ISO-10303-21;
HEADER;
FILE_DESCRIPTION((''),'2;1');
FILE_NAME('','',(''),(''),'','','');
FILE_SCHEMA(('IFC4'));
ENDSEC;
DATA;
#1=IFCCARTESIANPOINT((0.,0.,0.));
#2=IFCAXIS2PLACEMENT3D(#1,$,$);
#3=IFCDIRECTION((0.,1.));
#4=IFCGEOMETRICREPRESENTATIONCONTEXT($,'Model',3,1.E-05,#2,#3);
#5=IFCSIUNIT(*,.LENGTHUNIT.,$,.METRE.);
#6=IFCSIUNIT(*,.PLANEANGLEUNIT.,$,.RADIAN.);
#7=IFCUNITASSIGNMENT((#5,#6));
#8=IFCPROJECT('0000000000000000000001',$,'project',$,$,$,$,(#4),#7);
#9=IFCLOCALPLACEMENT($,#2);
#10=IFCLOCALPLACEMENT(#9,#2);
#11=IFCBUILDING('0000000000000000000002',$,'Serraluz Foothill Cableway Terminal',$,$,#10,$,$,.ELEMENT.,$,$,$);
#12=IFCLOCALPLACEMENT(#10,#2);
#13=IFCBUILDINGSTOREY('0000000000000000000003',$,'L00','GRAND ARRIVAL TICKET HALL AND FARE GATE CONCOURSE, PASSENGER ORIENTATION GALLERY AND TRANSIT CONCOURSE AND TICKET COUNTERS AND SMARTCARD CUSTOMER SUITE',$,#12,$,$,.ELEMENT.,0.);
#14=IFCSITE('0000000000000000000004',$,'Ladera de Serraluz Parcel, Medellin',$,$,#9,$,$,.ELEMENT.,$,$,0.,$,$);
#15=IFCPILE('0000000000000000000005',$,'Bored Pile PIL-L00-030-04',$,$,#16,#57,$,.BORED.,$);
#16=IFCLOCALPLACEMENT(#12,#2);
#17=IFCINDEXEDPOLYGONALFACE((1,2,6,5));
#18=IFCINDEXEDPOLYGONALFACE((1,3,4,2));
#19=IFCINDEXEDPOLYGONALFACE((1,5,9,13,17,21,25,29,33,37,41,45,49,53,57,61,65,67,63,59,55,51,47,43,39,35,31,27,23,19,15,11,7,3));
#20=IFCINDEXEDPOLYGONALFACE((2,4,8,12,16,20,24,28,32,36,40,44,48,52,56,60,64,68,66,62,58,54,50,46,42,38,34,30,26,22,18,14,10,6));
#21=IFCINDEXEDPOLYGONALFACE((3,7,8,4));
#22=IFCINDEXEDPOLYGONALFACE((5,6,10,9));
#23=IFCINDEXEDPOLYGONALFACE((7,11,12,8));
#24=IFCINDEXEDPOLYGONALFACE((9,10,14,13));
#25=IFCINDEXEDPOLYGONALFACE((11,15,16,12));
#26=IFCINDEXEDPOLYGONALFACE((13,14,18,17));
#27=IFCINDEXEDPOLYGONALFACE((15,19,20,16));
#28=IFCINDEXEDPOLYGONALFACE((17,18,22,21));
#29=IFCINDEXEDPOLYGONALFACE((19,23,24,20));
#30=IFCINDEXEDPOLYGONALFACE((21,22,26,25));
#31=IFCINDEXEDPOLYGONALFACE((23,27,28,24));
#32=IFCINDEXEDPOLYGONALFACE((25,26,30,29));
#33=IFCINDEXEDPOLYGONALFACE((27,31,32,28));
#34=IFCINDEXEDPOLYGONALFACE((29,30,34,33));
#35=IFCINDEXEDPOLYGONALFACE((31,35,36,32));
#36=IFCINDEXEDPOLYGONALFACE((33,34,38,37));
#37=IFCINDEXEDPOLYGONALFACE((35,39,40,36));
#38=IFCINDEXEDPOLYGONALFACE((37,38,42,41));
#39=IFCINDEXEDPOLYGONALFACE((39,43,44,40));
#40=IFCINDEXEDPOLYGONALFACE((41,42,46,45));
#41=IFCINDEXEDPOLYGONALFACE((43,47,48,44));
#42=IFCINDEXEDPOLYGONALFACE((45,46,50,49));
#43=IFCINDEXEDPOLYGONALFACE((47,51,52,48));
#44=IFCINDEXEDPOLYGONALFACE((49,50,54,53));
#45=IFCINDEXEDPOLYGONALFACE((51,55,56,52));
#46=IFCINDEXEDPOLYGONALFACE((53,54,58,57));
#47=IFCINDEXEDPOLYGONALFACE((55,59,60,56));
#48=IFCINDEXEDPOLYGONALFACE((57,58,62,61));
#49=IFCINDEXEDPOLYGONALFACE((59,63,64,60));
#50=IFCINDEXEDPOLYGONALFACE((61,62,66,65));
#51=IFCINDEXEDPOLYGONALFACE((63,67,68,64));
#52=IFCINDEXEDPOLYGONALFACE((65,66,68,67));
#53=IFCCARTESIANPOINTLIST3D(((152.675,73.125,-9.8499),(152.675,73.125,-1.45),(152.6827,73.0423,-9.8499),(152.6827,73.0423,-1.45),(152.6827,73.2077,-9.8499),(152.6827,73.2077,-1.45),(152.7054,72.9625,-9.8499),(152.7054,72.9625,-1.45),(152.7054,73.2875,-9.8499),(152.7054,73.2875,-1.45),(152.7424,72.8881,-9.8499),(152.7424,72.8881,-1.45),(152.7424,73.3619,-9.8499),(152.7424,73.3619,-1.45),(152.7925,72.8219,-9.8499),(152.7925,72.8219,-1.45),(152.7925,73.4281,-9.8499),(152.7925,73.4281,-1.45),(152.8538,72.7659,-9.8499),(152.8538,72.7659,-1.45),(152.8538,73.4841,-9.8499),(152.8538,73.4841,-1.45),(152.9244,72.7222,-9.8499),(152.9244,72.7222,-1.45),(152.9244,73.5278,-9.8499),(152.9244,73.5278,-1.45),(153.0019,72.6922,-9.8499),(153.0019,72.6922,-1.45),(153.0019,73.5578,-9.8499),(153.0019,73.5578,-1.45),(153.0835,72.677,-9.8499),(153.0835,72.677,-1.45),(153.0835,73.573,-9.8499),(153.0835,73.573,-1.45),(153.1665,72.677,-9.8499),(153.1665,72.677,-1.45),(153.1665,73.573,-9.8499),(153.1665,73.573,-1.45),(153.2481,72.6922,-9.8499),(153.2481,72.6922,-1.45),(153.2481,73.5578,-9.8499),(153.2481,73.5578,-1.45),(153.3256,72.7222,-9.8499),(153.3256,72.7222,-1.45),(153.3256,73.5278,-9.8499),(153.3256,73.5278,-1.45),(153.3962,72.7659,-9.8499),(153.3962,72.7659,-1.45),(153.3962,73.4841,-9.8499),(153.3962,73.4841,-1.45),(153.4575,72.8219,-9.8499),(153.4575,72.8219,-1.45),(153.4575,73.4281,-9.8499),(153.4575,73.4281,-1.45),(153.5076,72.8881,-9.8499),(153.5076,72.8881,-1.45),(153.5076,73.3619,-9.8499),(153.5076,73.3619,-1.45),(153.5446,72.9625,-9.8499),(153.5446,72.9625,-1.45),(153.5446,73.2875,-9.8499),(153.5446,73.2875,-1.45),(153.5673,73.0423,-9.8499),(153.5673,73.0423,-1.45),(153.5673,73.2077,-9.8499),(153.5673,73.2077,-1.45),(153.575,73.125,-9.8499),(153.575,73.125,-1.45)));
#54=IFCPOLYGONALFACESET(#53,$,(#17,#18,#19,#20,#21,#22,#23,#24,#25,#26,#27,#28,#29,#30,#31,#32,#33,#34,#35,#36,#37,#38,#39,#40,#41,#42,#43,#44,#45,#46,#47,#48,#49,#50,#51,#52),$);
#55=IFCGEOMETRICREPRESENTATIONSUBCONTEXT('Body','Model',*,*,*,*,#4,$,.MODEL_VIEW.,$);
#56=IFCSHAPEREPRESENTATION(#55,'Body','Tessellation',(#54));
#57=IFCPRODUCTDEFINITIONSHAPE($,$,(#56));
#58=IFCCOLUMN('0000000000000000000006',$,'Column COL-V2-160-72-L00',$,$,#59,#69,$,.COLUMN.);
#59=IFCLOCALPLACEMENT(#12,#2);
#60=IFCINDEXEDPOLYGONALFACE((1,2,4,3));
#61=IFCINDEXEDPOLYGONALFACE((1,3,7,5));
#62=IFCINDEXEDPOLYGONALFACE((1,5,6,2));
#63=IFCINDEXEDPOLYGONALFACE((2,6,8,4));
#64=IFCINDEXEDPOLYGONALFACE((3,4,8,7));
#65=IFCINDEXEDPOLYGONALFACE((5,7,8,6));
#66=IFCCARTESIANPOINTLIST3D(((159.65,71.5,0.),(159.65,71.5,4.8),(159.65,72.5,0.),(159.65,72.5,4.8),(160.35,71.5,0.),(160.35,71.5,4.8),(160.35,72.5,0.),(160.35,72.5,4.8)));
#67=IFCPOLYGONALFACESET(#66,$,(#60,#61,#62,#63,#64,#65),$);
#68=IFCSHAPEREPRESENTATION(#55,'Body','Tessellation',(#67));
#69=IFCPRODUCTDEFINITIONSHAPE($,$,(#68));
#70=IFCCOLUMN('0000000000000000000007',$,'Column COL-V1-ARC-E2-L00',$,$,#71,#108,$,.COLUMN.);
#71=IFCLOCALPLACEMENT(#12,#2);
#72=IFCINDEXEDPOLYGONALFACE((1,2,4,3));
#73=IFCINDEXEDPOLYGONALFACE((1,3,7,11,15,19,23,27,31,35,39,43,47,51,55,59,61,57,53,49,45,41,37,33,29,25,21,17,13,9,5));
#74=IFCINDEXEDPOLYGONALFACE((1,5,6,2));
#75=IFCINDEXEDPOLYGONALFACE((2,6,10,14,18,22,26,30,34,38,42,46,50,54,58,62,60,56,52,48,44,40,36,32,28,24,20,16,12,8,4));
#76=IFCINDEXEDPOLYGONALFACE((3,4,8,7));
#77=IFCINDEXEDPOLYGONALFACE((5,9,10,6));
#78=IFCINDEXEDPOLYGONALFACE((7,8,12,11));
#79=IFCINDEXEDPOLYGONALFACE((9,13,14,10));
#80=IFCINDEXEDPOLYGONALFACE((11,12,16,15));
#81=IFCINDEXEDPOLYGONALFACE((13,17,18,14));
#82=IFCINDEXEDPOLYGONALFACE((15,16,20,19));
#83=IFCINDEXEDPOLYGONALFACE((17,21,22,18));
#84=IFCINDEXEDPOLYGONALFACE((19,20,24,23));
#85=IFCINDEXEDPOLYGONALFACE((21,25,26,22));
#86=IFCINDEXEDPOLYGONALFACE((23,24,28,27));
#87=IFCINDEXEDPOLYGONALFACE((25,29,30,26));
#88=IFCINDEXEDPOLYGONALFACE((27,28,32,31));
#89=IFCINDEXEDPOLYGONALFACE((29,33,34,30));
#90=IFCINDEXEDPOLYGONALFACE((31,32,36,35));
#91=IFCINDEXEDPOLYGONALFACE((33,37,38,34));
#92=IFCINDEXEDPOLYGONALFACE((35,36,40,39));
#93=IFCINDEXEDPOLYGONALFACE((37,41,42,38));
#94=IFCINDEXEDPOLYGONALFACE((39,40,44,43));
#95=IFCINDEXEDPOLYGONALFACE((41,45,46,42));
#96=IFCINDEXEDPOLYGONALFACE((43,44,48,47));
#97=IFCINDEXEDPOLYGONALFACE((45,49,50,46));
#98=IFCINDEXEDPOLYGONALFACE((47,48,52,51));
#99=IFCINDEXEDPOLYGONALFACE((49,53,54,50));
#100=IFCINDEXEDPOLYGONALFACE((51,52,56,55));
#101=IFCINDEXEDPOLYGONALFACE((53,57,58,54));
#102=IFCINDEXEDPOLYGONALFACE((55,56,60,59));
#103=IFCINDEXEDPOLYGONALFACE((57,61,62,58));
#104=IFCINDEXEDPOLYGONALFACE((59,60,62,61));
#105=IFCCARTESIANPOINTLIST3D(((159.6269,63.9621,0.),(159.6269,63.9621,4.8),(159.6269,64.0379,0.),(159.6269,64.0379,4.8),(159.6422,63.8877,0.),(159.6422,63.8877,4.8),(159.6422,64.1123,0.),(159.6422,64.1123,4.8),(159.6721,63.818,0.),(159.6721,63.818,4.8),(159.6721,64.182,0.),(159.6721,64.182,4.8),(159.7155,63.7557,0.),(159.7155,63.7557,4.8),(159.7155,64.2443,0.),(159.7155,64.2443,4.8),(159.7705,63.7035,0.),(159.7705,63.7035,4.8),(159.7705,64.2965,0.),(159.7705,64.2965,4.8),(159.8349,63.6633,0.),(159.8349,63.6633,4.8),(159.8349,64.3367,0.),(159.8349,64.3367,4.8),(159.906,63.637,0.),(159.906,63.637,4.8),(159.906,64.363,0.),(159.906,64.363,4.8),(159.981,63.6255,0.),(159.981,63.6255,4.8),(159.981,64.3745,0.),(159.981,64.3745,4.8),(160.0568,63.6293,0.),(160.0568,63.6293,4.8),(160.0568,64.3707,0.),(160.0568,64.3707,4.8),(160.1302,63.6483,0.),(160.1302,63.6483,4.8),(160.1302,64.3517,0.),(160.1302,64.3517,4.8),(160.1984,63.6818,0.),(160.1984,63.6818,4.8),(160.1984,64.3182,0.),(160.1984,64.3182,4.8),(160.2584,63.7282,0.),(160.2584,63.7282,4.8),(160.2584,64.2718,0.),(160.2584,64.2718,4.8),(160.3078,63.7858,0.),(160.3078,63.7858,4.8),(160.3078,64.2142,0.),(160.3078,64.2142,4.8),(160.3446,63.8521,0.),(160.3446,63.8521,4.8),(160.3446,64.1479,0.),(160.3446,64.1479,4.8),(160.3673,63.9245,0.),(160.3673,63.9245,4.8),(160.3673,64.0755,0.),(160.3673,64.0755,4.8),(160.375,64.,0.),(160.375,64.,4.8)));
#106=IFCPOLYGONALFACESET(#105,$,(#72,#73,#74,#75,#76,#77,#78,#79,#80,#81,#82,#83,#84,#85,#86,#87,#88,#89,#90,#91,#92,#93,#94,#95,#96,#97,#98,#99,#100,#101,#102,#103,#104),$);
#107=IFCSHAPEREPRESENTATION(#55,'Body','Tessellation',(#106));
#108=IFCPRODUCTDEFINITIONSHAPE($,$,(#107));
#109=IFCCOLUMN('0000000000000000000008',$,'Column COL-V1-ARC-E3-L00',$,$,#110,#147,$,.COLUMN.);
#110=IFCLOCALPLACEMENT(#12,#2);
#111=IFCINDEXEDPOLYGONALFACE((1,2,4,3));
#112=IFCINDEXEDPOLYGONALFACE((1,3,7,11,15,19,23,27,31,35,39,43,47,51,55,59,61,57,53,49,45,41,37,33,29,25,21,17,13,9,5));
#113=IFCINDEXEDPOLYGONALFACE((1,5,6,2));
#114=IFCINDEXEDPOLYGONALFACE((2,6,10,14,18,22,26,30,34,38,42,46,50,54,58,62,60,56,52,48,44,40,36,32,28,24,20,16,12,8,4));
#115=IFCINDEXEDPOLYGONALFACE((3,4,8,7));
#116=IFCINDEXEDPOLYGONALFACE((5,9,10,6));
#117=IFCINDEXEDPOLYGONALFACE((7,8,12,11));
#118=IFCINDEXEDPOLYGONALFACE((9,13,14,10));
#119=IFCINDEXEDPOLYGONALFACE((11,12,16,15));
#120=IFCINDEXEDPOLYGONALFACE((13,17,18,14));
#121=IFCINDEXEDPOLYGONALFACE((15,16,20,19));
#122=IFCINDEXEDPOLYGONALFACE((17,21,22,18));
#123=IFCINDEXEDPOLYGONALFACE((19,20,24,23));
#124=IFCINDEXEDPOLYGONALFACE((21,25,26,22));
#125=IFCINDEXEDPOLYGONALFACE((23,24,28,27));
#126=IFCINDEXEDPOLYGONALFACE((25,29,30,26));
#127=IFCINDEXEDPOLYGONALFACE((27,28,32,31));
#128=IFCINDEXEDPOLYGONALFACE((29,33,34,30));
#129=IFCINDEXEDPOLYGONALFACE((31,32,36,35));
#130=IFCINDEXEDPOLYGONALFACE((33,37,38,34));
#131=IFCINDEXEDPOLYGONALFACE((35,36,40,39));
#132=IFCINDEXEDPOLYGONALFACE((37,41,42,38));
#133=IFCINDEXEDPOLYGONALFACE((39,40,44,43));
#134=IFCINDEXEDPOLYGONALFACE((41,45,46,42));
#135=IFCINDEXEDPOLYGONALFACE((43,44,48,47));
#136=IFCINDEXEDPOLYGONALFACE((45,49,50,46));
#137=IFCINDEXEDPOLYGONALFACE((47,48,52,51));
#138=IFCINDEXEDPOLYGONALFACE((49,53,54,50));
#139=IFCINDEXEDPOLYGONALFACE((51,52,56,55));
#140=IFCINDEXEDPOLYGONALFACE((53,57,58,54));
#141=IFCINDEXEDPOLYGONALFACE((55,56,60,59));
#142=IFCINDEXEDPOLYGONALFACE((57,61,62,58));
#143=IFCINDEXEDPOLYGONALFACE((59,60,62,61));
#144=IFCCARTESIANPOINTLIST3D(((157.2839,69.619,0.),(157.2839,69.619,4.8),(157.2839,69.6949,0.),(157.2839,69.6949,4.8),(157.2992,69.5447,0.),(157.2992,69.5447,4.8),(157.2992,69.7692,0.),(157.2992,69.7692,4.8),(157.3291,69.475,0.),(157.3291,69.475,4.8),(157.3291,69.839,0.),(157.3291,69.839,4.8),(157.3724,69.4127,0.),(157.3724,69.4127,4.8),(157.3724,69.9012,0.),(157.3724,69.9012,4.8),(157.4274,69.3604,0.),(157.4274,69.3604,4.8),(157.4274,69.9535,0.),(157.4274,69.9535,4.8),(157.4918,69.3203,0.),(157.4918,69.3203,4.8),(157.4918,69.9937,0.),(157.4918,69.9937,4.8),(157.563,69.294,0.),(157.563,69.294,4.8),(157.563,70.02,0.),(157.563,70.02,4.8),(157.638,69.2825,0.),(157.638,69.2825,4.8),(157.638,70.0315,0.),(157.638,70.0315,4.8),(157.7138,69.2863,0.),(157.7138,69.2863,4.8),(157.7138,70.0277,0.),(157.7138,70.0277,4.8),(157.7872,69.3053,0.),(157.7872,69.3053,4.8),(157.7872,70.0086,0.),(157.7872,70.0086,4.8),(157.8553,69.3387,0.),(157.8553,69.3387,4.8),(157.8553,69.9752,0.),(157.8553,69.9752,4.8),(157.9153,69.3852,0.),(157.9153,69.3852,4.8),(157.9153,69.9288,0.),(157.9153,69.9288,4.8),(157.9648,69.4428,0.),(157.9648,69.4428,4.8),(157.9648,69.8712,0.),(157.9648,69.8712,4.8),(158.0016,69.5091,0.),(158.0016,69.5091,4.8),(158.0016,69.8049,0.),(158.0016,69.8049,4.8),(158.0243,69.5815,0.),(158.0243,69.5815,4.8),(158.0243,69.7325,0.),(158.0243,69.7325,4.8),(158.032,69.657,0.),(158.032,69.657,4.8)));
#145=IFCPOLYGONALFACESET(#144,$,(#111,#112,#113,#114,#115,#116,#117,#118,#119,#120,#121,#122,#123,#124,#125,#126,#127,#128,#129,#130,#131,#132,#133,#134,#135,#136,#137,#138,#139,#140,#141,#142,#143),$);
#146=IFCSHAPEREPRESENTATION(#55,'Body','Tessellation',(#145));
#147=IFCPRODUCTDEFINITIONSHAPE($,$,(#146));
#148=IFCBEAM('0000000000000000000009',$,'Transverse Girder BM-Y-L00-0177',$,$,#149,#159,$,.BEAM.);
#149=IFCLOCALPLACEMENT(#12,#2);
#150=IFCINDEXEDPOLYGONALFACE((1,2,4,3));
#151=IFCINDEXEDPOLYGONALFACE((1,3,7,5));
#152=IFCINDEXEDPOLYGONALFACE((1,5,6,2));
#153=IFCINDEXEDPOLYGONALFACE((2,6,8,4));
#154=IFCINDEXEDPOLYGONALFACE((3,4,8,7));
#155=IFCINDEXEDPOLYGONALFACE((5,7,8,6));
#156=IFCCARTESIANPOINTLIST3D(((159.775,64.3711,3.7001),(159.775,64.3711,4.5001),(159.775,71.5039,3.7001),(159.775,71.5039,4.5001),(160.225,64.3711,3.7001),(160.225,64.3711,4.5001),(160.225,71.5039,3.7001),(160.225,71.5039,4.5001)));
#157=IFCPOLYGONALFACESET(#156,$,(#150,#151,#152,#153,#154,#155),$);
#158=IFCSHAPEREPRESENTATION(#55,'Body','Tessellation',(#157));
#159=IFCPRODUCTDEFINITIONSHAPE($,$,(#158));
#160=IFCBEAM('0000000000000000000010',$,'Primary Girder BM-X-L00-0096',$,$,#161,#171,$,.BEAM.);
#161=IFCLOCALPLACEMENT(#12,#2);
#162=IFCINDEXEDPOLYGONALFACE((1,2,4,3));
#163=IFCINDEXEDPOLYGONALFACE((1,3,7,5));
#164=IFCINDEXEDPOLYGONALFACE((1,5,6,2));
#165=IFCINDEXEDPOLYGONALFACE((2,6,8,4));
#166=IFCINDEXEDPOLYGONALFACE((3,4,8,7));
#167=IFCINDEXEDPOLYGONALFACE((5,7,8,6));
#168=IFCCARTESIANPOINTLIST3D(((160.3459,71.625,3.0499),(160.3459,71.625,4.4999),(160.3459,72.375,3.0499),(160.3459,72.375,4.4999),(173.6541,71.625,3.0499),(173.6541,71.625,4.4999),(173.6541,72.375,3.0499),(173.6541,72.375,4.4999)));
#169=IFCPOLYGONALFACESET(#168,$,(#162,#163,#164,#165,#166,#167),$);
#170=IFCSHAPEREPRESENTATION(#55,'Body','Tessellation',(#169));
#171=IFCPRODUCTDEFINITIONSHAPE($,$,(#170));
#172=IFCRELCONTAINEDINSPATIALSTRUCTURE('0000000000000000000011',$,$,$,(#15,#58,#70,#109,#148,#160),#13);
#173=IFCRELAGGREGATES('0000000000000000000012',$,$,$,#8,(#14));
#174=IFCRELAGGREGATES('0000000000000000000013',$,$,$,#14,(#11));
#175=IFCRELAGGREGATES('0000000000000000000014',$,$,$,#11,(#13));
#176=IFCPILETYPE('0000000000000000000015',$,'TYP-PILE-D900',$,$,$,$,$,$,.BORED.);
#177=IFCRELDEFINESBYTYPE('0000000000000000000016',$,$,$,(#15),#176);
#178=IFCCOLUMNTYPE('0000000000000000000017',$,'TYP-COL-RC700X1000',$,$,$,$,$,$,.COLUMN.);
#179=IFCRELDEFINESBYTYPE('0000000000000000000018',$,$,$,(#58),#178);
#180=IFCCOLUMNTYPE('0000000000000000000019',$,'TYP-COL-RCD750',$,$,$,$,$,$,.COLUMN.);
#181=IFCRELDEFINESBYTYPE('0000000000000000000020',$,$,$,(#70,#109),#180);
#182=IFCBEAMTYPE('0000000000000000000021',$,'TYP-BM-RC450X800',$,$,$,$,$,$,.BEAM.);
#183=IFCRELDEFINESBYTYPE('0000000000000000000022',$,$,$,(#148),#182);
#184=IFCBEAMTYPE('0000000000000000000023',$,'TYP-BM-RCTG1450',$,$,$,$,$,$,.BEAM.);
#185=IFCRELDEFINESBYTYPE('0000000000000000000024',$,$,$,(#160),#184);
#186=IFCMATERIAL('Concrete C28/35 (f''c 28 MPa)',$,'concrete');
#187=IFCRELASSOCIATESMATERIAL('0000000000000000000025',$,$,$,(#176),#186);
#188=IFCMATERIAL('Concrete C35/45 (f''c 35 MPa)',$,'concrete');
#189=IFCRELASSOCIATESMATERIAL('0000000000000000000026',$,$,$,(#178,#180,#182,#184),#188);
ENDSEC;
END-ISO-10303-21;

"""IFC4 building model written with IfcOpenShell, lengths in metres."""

from ifc_helpers import new_model, si_unit, direction, frame, origin, origin_2d, place, context, subcontext, project, spatial, rectangle, circle, extrude, material, material_profile, profile_set, type_object, element, save


model = new_model("IFC4")

# Units and contexts
model_context = context("Model", 3, precision=1e-05, world=origin(), true_north=direction((0.0, 1.0)))
body_context = subcontext(model_context, "Body", "Model", "MODEL_VIEW")
ifc_project = project(units=[si_unit("LENGTHUNIT", "METRE"), si_unit("PLANEANGLEUNIT", "RADIAN")], contexts=[model_context])

# Site, building, storey
site_placement = place(None, origin())
site = spatial("IfcSite", under=ifc_project, at=site_placement, Name="Ladera de Serraluz Parcel, Medellin", CompositionType="ELEMENT", RefElevation=0.0)
building_placement = place(site_placement, origin())
building = spatial("IfcBuilding", under=site, at=building_placement, Name="Serraluz Foothill Cableway Terminal", CompositionType="ELEMENT")
storey_placement = place(building_placement, origin())
storey = spatial("IfcBuildingStorey", under=building, at=storey_placement, Name="L00", Description="GRAND ARRIVAL TICKET HALL AND FARE GATE CONCOURSE, PASSENGER ORIENTATION GALLERY AND TRANSIT CONCOURSE AND TICKET COUNTERS AND SMARTCARD CUSTOMER SUITE", CompositionType="ELEMENT", Elevation=0.0)

# Shared definitions
ifc_material_1 = material(Name="Concrete C35/45 (f'c 35 MPa)", Category="concrete")

# Pile
ifc_material_2 = material(Name="Concrete C28/35 (f'c 28 MPa)", Category="concrete")
ifc_material_profile_1 = material_profile(ifc_material_2, circle(Radius=0.45, at=origin_2d()), Name="BORED PILE D900")
ifc_profile_set_1 = profile_set([ifc_material_profile_1], Name="Concrete C28/35 (f'c 28 MPa)")
pile_type_1 = type_object("IfcPileType", Name="TYP-PILE-D900", PredefinedType="BORED", material=ifc_profile_set_1)
pile_placement = place(storey_placement, frame((153.125, 73.125, -1.45), z_axis=(0.0, 0.0, -1.0), x_axis=(1.0, 0.0, 0.0)))
element("IfcPile", 1, at=pile_placement, inside=storey, type_object=pile_type_1, Name="Bored Pile PIL-L00-030-04", PredefinedType="BORED", context=body_context, shape_type="SweptSolid", body=[
    extrude(circle(Radius=0.45, at=origin_2d()), origin(), (0.0, 0.0, 1.0), 8.3999),
])

# Columns
ifc_material_profile_2 = material_profile(ifc_material_1, rectangle(XDim=0.7, YDim=1.0, at=origin_2d()), Name="RC 700x1000")
ifc_profile_set_2 = profile_set([ifc_material_profile_2], Name="Concrete C35/45 (f'c 35 MPa)")
column_type_1 = type_object("IfcColumnType", Name="TYP-COL-RC700X1000", PredefinedType="COLUMN", material=ifc_profile_set_2)
column_placement = place(storey_placement, frame((160.0, 72.0, 0.0), z_axis=(0.0, 0.0, 1.0), x_axis=(1.0, 0.0, 0.0)))
element("IfcColumn", 2, at=column_placement, inside=storey, type_object=column_type_1, Name="Column COL-V2-160-72-L00", PredefinedType="COLUMN", context=body_context, shape_type="SweptSolid", body=[
    extrude(rectangle(XDim=0.7, YDim=1.0, at=origin_2d()), origin(), (0.0, 0.0, 1.0), 4.8),
])
ifc_material_profile_3 = material_profile(ifc_material_1, circle(Radius=0.375, at=origin_2d()), Name="RC D750")
ifc_profile_set_3 = profile_set([ifc_material_profile_3], Name="Concrete C35/45 (f'c 35 MPa)")
column_type_2 = type_object("IfcColumnType", Name="TYP-COL-RCD750", PredefinedType="COLUMN", material=ifc_profile_set_3)
for number, where, z_axis, x_axis, name in (
    (3, (160.0, 64.0, 0.0), (0.0, 0.0, 1.0), (1.0, 0.0, 0.0), "Column COL-V1-ARC-E2-L00"),
    (4, (157.657, 69.657, 0.0), (0.0, 0.0, 1.0), (1.0, 0.0, 0.0), "Column COL-V1-ARC-E3-L00"),
):
    element("IfcColumn", number, at=place(storey_placement, frame(where, z_axis=z_axis, x_axis=x_axis)), inside=storey, type_object=column_type_2, Name=name, PredefinedType="COLUMN", context=body_context, shape_type="SweptSolid", body=[
        extrude(circle(Radius=0.375, at=origin_2d()), origin(), (0.0, 0.0, 1.0), 4.8),
    ])

# Beams
ifc_material_profile_4 = material_profile(ifc_material_1, rectangle(XDim=0.45, YDim=0.8, at=origin_2d()), Name="RC 450x800")
ifc_profile_set_4 = profile_set([ifc_material_profile_4], Name="Concrete C35/45 (f'c 35 MPa)")
beam_type_1 = type_object("IfcBeamType", Name="TYP-BM-RC450X800", PredefinedType="BEAM", material=ifc_profile_set_4)
beam_1_placement = place(storey_placement, frame((160.0, 64.3711, 4.1001), z_axis=(0.0, 1.0, 0.0), x_axis=(-1.0, 0.0, 0.0)))
element("IfcBeam", 5, at=beam_1_placement, inside=storey, type_object=beam_type_1, Name="Transverse Girder BM-Y-L00-0177", PredefinedType="BEAM", context=body_context, shape_type="SweptSolid", body=[
    extrude(rectangle(XDim=0.45, YDim=0.8, at=origin_2d()), origin(), (0.0, 0.0, 1.0), 7.1328),
])
ifc_material_profile_5 = material_profile(ifc_material_1, rectangle(XDim=0.75, YDim=1.45, at=origin_2d()), Name="RC TG 750x1450")
ifc_profile_set_5 = profile_set([ifc_material_profile_5], Name="Concrete C35/45 (f'c 35 MPa)")
beam_type_2 = type_object("IfcBeamType", Name="TYP-BM-RCTG1450", PredefinedType="BEAM", material=ifc_profile_set_5)
beam_2_placement = place(storey_placement, frame((160.3459, 72.0, 3.7749), z_axis=(1.0, 0.0, 0.0), x_axis=(0.0, 1.0, 0.0)))
element("IfcBeam", 6, at=beam_2_placement, inside=storey, type_object=beam_type_2, Name="Primary Girder BM-X-L00-0096", PredefinedType="BEAM", context=body_context, shape_type="SweptSolid", body=[
    extrude(rectangle(XDim=0.75, YDim=1.45, at=origin_2d()), origin(), (0.0, 0.0, 1.0), 13.3081),
])

save(model, "model.ifc")
